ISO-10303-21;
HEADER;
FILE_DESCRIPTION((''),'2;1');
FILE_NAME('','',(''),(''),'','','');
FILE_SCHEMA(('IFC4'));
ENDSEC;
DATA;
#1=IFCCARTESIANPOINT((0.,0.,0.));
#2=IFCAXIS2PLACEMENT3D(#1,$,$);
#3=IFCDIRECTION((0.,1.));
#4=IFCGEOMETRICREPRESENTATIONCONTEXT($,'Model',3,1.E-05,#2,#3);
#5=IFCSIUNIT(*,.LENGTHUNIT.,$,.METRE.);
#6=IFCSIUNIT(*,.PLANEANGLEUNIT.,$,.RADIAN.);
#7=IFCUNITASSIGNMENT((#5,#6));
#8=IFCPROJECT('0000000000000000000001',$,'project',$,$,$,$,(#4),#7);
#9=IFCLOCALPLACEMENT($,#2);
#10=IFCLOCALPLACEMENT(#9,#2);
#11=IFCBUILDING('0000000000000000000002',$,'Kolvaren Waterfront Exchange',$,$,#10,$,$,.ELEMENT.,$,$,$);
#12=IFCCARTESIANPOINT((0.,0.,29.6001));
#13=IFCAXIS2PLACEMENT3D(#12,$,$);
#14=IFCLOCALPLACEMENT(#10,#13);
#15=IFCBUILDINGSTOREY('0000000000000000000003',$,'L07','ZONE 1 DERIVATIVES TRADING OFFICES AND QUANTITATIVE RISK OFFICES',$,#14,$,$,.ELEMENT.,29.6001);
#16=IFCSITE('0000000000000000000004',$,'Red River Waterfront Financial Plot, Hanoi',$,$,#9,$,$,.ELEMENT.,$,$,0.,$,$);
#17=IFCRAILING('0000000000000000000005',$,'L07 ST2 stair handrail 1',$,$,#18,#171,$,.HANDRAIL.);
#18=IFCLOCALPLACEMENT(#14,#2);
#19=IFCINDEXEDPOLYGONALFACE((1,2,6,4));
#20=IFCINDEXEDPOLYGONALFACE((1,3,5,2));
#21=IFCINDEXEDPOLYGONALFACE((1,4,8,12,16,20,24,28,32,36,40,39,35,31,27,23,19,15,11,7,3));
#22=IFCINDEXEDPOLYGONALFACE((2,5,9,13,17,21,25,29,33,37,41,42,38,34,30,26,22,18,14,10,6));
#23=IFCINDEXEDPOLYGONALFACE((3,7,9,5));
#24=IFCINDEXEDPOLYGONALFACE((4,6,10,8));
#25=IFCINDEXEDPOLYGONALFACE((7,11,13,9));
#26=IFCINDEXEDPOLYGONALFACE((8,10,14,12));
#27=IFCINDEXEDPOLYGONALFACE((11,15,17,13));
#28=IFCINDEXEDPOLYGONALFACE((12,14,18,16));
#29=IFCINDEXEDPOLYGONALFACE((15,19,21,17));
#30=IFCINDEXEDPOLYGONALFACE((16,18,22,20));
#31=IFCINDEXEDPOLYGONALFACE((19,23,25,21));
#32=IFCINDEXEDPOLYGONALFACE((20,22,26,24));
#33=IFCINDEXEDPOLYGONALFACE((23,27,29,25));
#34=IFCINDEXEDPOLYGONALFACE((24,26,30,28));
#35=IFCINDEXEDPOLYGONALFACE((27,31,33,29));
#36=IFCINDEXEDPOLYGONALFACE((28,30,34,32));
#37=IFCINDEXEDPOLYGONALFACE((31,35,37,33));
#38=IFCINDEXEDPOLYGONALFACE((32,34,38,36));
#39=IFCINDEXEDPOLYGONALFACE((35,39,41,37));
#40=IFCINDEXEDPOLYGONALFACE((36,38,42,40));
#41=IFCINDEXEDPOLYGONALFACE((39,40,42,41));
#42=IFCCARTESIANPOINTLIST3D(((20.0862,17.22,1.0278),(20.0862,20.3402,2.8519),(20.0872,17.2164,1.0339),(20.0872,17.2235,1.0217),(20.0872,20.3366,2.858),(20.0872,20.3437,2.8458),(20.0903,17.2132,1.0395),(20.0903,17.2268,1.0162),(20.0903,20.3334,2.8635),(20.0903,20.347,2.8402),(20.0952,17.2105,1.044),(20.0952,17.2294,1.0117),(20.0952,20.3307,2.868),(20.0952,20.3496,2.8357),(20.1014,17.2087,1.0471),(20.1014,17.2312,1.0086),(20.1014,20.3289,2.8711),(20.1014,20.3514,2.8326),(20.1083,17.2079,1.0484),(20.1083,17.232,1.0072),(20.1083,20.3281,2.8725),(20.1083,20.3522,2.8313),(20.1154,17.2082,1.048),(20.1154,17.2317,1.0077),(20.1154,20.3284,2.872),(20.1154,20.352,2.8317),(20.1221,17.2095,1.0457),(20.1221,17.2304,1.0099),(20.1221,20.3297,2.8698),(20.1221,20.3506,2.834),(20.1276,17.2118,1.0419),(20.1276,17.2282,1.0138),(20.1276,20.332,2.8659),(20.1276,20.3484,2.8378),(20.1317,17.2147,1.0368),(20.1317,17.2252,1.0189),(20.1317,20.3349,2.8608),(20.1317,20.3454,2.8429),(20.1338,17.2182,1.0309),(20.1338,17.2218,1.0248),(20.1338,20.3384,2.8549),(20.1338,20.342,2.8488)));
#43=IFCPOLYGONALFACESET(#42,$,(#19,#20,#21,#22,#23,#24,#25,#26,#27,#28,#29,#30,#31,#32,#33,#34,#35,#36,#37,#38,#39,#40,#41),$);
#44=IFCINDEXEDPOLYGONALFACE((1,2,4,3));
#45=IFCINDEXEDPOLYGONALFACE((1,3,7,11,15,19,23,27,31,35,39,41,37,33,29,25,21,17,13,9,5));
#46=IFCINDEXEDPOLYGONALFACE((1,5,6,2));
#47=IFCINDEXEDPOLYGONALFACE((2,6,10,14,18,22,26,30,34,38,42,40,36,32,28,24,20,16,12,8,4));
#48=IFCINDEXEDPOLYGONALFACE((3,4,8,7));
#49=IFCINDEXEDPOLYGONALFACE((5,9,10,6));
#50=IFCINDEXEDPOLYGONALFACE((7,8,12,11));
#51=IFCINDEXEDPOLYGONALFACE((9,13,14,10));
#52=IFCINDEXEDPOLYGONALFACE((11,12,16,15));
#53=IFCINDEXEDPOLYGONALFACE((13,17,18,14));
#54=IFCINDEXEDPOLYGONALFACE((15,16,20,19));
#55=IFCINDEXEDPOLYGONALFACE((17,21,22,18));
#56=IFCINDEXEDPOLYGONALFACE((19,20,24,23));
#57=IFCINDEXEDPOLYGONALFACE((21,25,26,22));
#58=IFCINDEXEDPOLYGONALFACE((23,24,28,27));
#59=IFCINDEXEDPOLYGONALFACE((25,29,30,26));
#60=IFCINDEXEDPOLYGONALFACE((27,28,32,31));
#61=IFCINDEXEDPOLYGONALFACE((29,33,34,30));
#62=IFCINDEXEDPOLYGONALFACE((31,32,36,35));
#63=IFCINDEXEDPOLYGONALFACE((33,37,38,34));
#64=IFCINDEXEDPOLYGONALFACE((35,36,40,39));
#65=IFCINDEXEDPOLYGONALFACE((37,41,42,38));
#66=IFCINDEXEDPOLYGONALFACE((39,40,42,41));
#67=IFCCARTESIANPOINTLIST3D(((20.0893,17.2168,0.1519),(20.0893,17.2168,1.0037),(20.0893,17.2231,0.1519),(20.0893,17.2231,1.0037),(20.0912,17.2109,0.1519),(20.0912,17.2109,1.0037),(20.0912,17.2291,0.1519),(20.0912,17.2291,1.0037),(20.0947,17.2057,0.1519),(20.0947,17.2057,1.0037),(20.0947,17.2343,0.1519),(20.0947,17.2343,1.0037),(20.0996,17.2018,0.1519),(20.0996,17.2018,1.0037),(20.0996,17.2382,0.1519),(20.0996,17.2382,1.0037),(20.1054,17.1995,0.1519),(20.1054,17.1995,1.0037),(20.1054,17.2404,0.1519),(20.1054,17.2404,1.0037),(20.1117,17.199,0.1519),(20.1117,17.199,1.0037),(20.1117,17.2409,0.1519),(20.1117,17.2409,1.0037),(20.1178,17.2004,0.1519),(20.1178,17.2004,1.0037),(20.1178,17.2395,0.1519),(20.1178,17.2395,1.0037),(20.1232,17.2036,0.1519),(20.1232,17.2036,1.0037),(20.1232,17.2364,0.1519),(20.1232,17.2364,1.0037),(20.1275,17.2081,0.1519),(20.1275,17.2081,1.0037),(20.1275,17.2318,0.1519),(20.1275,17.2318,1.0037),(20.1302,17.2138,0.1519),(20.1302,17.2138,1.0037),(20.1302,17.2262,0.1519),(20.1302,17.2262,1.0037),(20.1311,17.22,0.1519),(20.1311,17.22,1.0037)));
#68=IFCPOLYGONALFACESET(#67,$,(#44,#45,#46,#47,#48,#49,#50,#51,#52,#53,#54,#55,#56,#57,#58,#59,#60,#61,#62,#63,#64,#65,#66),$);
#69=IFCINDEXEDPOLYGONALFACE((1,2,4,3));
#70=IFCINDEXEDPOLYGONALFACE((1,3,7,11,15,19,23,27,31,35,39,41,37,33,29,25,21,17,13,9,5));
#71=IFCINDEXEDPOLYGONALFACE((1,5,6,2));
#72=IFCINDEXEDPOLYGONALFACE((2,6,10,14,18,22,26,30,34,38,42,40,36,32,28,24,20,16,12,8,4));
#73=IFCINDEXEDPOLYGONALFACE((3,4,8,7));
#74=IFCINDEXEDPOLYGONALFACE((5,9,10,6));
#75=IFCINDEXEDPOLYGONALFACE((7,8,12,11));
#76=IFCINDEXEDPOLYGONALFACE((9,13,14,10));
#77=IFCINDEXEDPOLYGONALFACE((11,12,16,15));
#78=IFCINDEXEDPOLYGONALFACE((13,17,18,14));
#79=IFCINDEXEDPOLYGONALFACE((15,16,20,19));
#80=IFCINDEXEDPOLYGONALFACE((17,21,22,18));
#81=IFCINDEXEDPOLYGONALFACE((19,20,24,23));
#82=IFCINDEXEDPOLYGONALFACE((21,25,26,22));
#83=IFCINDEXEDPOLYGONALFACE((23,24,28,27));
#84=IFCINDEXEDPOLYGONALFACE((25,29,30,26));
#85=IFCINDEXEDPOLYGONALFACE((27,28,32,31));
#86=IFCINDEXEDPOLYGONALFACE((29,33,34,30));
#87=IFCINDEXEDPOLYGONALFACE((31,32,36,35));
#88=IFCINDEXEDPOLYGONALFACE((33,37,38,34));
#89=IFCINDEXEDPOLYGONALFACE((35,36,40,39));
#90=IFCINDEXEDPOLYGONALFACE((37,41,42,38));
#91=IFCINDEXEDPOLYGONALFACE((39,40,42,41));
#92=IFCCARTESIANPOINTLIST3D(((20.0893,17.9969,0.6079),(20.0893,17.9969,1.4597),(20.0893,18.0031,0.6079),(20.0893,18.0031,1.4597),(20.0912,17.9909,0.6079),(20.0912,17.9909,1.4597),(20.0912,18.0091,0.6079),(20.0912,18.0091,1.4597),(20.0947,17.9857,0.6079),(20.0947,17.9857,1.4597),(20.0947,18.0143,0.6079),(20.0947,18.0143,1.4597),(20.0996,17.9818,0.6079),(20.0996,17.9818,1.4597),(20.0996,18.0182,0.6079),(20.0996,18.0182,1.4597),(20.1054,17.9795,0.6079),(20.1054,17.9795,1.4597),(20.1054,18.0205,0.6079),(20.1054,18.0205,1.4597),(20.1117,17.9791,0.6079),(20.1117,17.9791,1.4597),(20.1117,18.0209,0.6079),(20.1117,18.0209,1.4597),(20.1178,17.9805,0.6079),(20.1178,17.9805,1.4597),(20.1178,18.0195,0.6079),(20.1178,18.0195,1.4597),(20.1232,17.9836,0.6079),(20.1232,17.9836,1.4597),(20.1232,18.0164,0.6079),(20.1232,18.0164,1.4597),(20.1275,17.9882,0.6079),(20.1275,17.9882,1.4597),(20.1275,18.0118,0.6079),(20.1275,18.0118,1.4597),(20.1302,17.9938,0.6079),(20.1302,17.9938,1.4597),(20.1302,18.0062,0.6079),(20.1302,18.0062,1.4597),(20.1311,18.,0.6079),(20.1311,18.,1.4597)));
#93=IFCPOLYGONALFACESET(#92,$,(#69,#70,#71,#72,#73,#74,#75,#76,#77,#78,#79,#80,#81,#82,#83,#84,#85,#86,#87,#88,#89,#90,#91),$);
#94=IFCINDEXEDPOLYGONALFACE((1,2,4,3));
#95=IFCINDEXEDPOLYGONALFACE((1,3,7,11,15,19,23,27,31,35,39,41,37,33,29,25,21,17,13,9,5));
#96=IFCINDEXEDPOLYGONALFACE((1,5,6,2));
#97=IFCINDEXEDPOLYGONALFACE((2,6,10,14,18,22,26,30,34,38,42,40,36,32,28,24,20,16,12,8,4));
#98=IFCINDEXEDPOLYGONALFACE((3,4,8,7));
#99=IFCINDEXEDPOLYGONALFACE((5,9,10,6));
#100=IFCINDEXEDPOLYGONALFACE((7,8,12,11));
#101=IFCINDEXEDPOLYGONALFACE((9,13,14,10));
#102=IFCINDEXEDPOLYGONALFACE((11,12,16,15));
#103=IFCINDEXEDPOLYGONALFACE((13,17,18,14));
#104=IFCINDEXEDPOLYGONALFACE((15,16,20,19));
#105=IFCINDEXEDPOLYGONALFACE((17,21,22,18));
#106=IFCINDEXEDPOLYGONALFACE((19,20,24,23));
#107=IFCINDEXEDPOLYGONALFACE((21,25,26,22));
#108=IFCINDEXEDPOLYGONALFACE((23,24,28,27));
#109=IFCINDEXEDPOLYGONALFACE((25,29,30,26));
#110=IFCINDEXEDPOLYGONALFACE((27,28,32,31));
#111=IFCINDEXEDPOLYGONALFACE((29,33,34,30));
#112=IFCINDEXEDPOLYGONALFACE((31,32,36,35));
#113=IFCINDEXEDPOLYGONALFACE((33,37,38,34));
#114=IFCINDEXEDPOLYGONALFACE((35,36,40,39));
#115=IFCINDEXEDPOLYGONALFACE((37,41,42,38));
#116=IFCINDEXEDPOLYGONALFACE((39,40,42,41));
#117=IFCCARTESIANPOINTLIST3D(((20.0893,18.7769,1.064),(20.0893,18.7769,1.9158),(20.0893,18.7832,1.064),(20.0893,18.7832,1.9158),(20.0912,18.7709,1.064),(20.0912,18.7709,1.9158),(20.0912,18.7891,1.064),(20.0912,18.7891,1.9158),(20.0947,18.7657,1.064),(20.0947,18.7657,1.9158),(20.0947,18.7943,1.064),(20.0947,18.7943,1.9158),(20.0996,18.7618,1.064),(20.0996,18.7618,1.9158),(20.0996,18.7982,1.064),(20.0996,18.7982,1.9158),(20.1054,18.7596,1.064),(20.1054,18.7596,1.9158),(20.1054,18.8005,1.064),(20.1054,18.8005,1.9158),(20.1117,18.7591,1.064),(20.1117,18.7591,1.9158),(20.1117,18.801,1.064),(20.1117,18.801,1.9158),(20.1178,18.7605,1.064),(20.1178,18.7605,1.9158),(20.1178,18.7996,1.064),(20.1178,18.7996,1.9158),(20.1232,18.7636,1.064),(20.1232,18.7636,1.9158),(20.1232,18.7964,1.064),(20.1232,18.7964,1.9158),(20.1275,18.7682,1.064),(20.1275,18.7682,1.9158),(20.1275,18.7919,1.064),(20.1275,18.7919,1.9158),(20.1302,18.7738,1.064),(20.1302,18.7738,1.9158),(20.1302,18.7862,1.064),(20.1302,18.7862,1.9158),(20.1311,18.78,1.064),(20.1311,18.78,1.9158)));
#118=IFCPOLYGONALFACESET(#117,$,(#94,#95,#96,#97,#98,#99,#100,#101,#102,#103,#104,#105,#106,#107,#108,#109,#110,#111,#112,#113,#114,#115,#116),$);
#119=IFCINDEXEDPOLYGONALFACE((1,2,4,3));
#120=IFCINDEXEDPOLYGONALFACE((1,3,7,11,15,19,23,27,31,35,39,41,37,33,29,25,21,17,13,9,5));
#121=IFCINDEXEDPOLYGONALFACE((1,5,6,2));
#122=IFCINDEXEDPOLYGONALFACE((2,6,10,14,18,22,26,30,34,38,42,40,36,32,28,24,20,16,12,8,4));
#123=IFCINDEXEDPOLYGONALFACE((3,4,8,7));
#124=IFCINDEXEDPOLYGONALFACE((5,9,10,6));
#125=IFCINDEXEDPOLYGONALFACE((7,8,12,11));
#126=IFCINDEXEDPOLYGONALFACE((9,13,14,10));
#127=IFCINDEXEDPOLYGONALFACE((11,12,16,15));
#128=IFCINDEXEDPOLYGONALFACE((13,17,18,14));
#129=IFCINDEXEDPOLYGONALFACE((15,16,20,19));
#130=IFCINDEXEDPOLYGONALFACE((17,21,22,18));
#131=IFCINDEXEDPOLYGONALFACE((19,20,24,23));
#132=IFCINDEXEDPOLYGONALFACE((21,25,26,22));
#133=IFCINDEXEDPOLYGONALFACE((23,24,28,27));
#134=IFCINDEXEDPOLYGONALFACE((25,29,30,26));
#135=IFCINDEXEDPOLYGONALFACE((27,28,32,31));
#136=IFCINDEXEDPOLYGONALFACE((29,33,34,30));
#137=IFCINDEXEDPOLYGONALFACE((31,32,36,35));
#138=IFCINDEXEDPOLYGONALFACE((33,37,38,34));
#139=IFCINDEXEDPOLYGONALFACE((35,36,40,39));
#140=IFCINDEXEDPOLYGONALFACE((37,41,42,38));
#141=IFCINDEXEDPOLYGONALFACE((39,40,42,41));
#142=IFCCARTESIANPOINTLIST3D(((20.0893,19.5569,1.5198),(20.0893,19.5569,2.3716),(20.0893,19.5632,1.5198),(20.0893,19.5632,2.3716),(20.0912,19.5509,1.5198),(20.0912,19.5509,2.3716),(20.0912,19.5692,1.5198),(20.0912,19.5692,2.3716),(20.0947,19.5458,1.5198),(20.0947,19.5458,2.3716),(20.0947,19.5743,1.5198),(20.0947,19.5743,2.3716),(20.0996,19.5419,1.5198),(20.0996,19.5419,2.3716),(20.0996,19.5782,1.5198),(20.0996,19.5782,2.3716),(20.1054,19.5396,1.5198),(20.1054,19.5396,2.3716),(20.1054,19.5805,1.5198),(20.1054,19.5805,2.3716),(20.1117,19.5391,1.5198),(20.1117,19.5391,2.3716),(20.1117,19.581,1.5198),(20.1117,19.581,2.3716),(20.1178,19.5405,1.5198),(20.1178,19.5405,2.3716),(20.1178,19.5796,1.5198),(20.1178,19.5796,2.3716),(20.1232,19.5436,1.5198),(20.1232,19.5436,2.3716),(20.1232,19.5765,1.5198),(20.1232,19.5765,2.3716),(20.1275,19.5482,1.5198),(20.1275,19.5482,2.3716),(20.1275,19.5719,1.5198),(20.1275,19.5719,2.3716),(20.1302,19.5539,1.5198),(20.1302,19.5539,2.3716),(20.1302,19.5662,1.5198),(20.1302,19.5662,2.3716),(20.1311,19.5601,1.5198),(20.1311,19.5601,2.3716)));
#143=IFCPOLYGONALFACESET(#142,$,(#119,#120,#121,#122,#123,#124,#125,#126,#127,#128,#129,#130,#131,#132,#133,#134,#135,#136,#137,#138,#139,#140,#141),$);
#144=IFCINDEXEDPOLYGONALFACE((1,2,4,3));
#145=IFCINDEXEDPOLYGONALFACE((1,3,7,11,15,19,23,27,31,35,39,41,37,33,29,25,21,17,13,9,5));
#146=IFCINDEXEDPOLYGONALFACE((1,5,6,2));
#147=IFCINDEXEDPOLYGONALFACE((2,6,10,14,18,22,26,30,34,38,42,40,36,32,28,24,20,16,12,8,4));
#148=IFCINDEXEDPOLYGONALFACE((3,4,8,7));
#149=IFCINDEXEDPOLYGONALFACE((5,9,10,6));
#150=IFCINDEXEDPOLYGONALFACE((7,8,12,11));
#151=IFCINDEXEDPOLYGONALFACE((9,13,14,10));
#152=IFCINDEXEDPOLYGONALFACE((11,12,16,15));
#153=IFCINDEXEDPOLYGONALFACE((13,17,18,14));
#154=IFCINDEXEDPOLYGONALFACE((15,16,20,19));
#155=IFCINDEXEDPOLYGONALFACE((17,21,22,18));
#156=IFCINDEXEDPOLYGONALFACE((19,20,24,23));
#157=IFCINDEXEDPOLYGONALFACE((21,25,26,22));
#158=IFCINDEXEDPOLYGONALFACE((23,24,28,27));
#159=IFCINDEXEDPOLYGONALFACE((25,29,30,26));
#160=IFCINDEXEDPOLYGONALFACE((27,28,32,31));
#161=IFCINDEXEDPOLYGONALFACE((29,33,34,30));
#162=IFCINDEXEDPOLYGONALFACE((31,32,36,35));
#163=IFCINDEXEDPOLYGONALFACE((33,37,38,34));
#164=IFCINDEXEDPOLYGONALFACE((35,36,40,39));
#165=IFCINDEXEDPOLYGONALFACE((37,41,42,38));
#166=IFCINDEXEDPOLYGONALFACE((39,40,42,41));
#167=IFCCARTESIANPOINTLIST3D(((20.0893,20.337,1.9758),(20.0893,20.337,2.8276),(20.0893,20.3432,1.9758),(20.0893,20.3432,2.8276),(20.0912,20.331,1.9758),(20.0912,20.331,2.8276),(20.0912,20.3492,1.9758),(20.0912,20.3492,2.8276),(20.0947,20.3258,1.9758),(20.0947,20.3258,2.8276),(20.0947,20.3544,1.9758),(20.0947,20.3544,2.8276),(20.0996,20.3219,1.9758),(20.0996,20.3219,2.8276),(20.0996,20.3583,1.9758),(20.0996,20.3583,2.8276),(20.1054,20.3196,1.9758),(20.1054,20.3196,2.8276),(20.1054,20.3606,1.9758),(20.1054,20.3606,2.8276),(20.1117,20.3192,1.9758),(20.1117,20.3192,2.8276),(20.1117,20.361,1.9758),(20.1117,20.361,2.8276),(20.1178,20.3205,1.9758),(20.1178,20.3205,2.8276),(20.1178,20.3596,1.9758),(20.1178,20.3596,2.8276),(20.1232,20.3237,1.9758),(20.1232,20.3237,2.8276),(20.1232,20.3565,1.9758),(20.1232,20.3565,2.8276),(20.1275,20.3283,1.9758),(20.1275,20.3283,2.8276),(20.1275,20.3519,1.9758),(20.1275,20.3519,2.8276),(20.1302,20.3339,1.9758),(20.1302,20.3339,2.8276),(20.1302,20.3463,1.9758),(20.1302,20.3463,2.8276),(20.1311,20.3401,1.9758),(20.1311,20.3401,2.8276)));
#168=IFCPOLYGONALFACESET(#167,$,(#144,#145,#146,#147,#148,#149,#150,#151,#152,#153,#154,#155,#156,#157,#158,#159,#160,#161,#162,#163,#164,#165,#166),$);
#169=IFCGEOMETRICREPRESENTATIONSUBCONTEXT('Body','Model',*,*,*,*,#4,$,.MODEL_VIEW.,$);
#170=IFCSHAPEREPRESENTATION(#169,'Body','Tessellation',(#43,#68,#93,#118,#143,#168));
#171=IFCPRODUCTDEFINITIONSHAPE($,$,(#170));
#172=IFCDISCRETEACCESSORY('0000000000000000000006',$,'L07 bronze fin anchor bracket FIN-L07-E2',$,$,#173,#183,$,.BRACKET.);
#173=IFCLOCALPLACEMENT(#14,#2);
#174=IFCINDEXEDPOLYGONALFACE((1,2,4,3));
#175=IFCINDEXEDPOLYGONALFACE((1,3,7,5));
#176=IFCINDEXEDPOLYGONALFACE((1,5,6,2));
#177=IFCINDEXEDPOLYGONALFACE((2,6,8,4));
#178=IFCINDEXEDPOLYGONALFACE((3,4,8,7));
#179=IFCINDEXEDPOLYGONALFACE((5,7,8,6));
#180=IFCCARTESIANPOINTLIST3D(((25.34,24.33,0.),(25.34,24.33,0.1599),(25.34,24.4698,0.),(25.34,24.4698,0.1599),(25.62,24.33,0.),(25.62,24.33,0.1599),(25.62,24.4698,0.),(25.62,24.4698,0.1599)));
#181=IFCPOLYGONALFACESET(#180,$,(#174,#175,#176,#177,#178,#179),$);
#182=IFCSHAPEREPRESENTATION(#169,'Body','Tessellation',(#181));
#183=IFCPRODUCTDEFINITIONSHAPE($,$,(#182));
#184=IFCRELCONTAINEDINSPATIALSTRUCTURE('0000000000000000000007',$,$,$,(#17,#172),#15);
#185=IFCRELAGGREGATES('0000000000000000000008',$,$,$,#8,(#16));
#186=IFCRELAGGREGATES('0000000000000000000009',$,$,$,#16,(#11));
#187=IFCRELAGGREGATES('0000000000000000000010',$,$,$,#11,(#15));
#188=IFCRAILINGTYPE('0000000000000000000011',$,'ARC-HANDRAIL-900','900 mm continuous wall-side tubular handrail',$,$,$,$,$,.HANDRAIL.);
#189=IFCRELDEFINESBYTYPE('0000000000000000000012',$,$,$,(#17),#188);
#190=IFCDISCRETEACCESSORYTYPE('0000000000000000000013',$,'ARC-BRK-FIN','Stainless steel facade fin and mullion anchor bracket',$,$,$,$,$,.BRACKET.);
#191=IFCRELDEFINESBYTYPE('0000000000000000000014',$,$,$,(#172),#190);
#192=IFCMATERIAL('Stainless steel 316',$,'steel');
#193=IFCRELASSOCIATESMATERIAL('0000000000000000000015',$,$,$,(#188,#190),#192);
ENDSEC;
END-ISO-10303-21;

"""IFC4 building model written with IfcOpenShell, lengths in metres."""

from ifc_helpers import new_model, si_unit, direction, frame, origin, origin_with_axes, origin_2d, place, context, subcontext, project, spatial, rectangle, circle, extrude, source, transform, mapped, material, type_object, element, save


model = new_model("IFC4")

# Units and contexts
model_context = context("Model", 3, precision=1e-05, world=origin(), true_north=direction((0.0, 1.0)))
body_context = subcontext(model_context, "Body", "Model", "MODEL_VIEW")
ifc_project = project(units=[si_unit("LENGTHUNIT", "METRE"), si_unit("PLANEANGLEUNIT", "RADIAN")], contexts=[model_context])

# Site, building, storey
site_placement = place(None, origin())
site = spatial("IfcSite", under=ifc_project, at=site_placement, Name="Red River Waterfront Financial Plot, Hanoi", CompositionType="ELEMENT", RefElevation=0.0)
building_placement = place(site_placement, origin())
building = spatial("IfcBuilding", under=site, at=building_placement, Name="Kolvaren Waterfront Exchange", CompositionType="ELEMENT")
storey_placement = place(building_placement, frame((0.0, 0.0, 29.6001)))
storey = spatial("IfcBuildingStorey", under=building, at=storey_placement, Name="L07", Description="ZONE 1 DERIVATIVES TRADING OFFICES AND QUANTITATIVE RISK OFFICES", CompositionType="ELEMENT", Elevation=29.6001)

# Railing
ifc_material_1 = material(Name="Stainless steel 316", Category="steel")
railing_type_1 = type_object("IfcRailingType", Name="ARC-HANDRAIL-900", Description="900 mm continuous wall-side tubular handrail", PredefinedType="HANDRAIL", material=ifc_material_1)
railing_1_placement = place(storey_placement, frame((20.1101, 17.22, 0.1519)))
element("IfcRailing", 1, at=railing_1_placement, inside=storey, type_object=railing_type_1, Name="L07 ST2 stair handrail 1", PredefinedType="HANDRAIL", context=body_context, shape_type="SweptSolid", body=[
    extrude(circle(Radius=0.0239, at=origin_2d()), frame((0.0, 0.0, 0.876), z_axis=(0.0, 0.863308, 0.504677), x_axis=(-1.0, 0.0, 0.0)), (0.0, 0.0, 1.0), 3.6143),
    extrude(circle(Radius=0.021, at=origin_2d()), origin(), (0.0, 0.0, 1.0), 0.8518),
    extrude(circle(Radius=0.021, at=origin_2d()), frame((0.0, 0.78, 0.4561)), (0.0, 0.0, 1.0), 0.8518),
    extrude(circle(Radius=0.021, at=origin_2d()), frame((0.0, 1.5601, 0.9121)), (0.0, 0.0, 1.0), 0.8518),
    extrude(circle(Radius=0.021, at=origin_2d()), frame((0.0, 2.3401, 1.3679)), (0.0, 0.0, 1.0), 0.8518),
    extrude(circle(Radius=0.021, at=origin_2d()), frame((0.0, 3.1201, 1.824)), (0.0, 0.0, 1.0), 0.8518),
])

# Discrete accessory
discrete_accessory_type = type_object("IfcDiscreteAccessoryType", Name="ARC-BRK-FIN", Description="Stainless steel facade fin and mullion anchor bracket", PredefinedType="BRACKET", material=ifc_material_1)
shared_shape_1 = source(origin_with_axes(), body_context, "Body", "SweptSolid", [
    extrude(rectangle(XDim=0.28, YDim=0.1399, at=origin_2d()), origin(), (0.0, 0.0, 1.0), 0.1599),
])
discrete_accessory_placement = place(storey_placement, frame((25.48, 24.3999, 0.0), z_axis=(0.0, 0.0, 1.0), x_axis=(1.0, 0.0, 0.0)))
element("IfcDiscreteAccessory", 2, at=discrete_accessory_placement, inside=storey, type_object=discrete_accessory_type, Name="L07 bronze fin anchor bracket FIN-L07-E2", PredefinedType="BRACKET", context=body_context, shape_type="MappedRepresentation", body=[
    mapped(shared_shape_1, transform((0.0, 0.0, 0.0), x_axis=(1.0, 0.0, 0.0), y_axis=(0.0, 1.0, 0.0), z_axis=(0.0, 0.0, 1.0), scale=1.0)),
])

save(model, "model.ifc")
